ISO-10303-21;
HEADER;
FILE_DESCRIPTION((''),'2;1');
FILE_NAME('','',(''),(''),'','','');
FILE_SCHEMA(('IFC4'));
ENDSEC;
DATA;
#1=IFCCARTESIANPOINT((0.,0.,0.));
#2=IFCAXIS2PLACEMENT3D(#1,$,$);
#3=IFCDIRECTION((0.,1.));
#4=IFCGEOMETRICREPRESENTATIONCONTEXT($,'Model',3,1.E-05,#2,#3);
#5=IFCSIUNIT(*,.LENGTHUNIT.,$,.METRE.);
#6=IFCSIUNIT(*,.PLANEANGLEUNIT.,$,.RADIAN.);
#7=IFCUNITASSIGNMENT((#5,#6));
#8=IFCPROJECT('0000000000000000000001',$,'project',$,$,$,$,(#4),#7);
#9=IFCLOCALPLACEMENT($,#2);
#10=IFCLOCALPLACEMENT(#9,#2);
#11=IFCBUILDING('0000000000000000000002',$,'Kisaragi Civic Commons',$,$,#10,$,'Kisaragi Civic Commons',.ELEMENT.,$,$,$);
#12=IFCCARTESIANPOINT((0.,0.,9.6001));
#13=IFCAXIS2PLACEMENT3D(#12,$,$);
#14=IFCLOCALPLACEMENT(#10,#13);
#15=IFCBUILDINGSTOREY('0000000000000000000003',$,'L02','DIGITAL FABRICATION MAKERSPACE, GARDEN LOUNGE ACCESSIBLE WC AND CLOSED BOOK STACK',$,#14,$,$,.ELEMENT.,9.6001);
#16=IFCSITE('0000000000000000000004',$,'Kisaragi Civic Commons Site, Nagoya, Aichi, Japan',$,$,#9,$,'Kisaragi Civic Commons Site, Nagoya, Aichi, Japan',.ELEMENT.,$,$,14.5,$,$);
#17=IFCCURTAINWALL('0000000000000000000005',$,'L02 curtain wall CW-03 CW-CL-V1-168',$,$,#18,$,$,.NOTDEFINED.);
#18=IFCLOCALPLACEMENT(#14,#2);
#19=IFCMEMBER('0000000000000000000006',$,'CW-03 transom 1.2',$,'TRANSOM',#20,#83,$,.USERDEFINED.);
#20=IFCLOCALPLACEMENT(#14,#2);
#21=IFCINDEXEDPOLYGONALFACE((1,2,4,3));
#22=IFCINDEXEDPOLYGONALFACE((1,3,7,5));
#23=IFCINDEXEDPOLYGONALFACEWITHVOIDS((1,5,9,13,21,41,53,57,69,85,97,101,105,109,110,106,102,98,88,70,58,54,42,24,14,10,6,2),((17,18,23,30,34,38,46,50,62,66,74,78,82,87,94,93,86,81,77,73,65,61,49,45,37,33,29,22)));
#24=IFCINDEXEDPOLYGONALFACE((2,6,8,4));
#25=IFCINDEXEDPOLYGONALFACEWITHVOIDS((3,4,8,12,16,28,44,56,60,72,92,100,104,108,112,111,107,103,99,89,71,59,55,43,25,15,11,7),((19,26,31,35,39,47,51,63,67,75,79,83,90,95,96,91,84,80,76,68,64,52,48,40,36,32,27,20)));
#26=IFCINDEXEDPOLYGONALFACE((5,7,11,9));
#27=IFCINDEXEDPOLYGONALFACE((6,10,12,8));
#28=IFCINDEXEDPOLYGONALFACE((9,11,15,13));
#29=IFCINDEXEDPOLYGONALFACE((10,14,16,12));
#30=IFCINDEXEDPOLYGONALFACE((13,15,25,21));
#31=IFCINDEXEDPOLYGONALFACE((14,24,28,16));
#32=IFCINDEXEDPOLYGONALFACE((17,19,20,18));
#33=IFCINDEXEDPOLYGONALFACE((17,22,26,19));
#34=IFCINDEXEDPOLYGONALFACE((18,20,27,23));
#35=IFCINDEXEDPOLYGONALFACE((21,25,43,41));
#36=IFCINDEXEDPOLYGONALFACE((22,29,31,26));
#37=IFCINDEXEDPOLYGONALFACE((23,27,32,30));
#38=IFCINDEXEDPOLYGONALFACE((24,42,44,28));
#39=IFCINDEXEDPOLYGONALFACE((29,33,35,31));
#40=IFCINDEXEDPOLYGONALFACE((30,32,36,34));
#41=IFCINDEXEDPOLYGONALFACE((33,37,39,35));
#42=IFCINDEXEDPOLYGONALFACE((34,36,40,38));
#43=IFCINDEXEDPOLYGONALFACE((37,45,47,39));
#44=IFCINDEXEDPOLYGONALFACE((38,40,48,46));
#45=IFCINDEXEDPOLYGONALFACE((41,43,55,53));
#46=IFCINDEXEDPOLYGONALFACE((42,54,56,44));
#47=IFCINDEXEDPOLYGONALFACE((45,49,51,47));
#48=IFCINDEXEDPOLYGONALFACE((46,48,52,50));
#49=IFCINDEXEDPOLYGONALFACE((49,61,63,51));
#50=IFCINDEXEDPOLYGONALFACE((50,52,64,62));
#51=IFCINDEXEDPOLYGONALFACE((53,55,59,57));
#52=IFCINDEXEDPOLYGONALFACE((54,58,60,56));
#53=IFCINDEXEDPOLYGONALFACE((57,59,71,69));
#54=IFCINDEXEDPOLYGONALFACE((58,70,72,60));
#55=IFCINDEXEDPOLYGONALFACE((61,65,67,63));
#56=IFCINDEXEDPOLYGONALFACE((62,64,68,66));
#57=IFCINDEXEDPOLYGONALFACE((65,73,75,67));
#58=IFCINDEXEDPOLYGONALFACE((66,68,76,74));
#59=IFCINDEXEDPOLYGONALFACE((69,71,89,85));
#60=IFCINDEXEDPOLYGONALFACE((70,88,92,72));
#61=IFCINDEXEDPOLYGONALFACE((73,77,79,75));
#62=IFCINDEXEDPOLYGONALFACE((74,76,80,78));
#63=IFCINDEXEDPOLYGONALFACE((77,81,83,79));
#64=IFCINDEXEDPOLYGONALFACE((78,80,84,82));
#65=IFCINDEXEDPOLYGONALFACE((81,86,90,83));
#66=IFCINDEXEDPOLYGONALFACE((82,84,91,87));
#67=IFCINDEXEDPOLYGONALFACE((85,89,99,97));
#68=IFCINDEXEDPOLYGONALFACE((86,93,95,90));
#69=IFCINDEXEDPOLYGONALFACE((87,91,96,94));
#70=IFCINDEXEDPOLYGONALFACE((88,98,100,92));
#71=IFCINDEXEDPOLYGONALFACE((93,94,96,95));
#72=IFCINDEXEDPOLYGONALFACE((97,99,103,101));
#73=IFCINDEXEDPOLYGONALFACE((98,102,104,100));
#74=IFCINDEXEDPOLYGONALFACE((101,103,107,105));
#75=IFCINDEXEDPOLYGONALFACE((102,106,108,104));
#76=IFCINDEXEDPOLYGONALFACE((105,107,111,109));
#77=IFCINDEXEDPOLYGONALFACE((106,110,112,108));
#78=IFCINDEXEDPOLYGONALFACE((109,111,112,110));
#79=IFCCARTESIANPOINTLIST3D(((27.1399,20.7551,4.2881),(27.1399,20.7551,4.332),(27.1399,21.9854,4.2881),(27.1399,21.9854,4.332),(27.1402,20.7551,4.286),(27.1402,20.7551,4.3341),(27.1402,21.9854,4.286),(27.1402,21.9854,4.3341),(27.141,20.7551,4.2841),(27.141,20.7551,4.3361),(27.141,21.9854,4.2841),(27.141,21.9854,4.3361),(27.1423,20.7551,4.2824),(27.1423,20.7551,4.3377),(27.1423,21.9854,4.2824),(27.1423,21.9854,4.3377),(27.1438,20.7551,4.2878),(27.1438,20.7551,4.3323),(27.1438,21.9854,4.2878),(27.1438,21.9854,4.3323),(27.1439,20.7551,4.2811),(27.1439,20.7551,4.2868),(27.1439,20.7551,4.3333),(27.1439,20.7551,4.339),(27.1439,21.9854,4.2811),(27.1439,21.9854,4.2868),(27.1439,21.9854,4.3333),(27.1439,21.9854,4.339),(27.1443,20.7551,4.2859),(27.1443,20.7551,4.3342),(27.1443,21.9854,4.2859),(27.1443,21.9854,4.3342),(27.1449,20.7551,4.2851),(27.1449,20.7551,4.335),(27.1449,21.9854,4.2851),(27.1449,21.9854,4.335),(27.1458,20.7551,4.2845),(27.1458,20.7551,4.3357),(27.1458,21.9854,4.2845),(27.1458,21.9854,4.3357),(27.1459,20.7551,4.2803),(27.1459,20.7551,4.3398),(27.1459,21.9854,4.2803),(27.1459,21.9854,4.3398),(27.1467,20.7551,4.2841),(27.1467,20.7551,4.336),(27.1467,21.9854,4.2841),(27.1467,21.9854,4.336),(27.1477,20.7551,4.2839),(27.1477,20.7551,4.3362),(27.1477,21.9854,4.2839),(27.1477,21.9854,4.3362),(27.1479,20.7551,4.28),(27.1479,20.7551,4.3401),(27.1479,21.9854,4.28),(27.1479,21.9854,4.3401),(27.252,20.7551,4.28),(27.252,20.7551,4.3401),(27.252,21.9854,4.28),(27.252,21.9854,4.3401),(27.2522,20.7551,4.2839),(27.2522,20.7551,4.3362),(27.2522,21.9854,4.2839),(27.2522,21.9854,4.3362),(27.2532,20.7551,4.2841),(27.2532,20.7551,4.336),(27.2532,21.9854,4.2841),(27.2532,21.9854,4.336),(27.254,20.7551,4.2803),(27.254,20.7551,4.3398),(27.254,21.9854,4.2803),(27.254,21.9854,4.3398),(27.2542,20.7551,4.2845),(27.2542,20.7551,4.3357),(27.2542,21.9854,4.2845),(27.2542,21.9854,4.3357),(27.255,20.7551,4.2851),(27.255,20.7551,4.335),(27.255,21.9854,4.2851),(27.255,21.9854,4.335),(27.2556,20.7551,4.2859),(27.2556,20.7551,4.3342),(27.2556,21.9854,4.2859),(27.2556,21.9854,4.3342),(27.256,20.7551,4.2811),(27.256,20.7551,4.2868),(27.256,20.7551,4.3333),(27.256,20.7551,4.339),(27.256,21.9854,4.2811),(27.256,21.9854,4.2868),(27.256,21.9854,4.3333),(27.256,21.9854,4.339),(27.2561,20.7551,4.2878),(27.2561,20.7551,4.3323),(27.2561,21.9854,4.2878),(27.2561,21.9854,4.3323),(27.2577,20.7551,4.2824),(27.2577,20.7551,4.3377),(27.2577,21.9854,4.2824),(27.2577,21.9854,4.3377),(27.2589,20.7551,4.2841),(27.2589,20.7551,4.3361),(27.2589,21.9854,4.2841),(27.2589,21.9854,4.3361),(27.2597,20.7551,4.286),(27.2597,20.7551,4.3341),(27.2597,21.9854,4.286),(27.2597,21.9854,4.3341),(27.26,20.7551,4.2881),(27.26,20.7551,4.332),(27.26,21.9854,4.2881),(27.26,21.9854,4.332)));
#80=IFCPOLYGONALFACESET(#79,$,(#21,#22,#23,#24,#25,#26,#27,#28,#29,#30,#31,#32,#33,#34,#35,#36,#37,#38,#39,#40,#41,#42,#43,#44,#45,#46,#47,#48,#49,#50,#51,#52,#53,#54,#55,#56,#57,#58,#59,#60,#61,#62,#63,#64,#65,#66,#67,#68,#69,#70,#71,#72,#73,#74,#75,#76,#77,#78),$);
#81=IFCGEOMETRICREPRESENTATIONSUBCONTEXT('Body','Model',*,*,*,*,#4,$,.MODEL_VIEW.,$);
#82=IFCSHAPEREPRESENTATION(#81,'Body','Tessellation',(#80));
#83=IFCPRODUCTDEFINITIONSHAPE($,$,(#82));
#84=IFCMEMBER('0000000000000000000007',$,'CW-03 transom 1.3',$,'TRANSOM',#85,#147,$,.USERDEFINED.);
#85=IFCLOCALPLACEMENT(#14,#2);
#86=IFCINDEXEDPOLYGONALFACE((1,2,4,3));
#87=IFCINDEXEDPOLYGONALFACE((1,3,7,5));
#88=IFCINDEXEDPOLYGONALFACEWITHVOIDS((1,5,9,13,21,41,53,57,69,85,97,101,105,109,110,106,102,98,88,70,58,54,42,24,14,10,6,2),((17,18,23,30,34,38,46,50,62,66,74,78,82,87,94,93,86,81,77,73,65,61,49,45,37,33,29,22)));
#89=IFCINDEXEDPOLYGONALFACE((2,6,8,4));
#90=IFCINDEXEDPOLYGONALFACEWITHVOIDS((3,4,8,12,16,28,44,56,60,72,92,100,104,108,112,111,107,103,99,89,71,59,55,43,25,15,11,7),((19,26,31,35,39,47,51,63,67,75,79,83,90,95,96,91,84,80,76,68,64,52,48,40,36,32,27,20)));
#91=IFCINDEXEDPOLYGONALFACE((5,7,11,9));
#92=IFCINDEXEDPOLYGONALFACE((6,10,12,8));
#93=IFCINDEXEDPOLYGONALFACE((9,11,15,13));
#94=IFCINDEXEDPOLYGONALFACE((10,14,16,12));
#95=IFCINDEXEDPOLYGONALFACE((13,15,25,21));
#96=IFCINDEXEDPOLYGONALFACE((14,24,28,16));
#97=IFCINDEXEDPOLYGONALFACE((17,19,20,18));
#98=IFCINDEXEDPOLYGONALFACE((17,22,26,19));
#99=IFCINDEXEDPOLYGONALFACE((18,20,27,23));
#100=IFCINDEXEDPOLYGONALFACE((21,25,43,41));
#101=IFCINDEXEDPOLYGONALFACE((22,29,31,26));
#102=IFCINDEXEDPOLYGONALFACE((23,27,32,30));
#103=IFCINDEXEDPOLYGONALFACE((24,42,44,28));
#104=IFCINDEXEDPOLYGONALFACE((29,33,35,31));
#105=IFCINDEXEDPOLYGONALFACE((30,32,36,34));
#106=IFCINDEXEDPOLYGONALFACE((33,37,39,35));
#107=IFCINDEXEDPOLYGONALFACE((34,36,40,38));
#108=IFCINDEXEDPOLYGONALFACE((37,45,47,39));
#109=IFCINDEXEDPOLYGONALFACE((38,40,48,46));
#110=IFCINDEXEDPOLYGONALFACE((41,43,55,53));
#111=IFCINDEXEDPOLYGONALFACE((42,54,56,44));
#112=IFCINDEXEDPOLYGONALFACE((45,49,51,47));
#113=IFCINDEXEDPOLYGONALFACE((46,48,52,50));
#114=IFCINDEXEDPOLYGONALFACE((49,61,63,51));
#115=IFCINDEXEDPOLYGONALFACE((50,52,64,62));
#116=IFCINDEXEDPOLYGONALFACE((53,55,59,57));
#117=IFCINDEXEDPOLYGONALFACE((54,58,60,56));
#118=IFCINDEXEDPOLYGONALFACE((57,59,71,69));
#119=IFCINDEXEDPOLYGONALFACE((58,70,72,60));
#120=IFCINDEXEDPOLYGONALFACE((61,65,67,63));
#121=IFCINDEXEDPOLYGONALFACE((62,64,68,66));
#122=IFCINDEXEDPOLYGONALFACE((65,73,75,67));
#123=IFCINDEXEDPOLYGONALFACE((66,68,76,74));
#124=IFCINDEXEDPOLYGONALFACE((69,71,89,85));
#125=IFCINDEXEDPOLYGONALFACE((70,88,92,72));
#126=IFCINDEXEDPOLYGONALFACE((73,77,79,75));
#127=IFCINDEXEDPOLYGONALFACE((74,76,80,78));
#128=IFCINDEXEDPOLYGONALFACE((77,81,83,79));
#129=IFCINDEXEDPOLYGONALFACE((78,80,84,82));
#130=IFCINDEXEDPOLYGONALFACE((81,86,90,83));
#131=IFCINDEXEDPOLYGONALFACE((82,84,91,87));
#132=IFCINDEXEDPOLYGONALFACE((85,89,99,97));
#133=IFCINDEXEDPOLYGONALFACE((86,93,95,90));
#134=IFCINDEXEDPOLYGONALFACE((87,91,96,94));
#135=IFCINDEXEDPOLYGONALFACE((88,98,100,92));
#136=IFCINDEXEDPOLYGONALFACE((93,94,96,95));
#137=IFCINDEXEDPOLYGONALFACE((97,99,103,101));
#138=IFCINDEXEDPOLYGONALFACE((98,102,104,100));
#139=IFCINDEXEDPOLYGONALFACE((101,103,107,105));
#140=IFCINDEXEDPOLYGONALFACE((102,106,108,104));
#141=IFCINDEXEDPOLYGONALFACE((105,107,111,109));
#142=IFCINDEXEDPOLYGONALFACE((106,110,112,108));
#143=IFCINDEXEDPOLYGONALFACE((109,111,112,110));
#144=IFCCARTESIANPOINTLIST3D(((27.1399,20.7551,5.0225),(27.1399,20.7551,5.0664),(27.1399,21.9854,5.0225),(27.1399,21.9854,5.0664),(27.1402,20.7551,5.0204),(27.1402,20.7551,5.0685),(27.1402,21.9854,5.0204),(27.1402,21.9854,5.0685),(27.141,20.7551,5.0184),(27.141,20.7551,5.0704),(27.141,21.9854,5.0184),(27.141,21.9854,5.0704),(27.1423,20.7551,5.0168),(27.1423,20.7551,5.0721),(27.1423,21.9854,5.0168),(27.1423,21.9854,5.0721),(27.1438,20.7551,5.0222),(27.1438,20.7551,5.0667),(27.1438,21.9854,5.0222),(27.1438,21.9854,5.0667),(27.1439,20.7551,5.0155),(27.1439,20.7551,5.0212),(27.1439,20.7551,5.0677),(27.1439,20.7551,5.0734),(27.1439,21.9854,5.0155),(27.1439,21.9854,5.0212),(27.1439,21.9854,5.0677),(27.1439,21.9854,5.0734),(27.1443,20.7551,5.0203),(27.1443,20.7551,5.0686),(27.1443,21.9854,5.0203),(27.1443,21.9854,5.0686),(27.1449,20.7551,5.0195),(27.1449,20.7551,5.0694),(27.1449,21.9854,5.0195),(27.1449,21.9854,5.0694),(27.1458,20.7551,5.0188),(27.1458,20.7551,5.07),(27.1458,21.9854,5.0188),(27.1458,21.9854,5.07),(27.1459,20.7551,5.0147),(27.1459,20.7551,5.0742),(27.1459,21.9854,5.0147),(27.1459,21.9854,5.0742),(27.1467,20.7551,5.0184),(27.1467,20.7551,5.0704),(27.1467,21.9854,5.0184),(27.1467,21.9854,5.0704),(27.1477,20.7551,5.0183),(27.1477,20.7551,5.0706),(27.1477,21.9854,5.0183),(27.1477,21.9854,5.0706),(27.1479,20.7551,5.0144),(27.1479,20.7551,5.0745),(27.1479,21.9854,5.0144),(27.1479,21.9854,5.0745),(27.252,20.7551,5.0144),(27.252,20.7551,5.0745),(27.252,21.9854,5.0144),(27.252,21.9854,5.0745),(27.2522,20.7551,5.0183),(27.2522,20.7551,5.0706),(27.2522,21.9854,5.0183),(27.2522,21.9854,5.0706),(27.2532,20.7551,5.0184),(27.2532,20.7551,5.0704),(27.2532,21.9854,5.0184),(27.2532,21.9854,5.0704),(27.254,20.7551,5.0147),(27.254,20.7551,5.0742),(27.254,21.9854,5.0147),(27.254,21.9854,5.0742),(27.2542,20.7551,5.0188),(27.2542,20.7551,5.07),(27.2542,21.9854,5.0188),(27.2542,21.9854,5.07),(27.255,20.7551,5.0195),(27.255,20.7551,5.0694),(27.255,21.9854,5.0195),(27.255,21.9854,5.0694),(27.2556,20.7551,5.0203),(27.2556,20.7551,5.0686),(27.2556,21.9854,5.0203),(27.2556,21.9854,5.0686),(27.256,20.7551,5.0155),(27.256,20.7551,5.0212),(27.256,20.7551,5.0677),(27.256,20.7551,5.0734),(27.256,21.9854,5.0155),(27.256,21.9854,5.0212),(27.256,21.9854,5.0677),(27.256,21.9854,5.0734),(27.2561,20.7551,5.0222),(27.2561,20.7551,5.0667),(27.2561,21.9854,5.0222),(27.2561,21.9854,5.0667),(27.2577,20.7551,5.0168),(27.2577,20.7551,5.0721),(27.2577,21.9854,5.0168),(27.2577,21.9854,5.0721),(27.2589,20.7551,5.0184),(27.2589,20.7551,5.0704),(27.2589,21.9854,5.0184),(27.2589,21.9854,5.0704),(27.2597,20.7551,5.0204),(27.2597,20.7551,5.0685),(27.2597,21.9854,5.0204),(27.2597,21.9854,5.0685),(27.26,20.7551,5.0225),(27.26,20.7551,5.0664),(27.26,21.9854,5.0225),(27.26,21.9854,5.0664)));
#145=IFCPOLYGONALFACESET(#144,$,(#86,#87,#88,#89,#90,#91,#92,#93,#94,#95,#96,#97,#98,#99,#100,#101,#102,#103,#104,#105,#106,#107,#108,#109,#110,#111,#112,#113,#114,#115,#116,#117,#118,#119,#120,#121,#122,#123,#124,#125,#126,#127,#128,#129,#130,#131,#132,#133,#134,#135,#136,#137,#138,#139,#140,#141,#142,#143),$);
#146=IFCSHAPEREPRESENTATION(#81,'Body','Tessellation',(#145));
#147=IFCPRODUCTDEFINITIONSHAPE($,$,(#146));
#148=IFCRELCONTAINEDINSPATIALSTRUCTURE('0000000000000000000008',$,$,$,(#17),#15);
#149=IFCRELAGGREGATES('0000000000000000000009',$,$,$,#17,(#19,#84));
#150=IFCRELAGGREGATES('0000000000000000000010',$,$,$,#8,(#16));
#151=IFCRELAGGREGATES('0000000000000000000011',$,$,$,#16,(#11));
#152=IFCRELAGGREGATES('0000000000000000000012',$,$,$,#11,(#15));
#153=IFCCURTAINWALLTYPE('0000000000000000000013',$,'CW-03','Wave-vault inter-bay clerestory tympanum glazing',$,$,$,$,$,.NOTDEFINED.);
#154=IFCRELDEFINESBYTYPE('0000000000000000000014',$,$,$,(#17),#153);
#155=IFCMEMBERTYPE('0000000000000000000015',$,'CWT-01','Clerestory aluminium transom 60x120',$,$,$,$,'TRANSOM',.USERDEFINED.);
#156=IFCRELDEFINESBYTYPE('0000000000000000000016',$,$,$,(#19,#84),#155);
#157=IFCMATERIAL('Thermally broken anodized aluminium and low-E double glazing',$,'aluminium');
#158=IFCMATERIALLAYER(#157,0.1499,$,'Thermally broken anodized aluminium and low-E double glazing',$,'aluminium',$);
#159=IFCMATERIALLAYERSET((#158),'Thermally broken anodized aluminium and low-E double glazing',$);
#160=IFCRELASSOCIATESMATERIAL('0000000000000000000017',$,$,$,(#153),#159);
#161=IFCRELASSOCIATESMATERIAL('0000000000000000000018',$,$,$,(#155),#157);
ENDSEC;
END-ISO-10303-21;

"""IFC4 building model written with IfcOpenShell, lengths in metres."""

from ifc_helpers import new_model, si_unit, direction, frame, origin, origin_2d, place, context, subcontext, project, spatial, hollow_rectangle, extrude, material, layer, layer_set, material_profile, profile_set, type_object, element, aggregate, save


model = new_model("IFC4")

# Units and contexts
model_context = context("Model", 3, precision=1e-05, world=origin(), true_north=direction((0.0, 1.0)))
body_context = subcontext(model_context, "Body", "Model", "MODEL_VIEW")
ifc_project = project(units=[si_unit("LENGTHUNIT", "METRE"), si_unit("PLANEANGLEUNIT", "RADIAN")], contexts=[model_context])

# Site, building, storey
site_placement = place(None, origin())
site = spatial("IfcSite", under=ifc_project, at=site_placement, Name="Kisaragi Civic Commons Site, Nagoya, Aichi, Japan", LongName="Kisaragi Civic Commons Site, Nagoya, Aichi, Japan", CompositionType="ELEMENT", RefElevation=14.5)
building_placement = place(site_placement, origin())
building = spatial("IfcBuilding", under=site, at=building_placement, Name="Kisaragi Civic Commons", LongName="Kisaragi Civic Commons", CompositionType="ELEMENT")
storey_placement = place(building_placement, frame((0.0, 0.0, 9.6001)))
storey = spatial("IfcBuildingStorey", under=building, at=storey_placement, Name="L02", Description="DIGITAL FABRICATION MAKERSPACE, GARDEN LOUNGE ACCESSIBLE WC AND CLOSED BOOK STACK", CompositionType="ELEMENT", Elevation=9.6001)

# Curtain wall, members
ifc_material_1 = material(Name="Thermally broken anodized aluminium and low-E double glazing", Category="aluminium")
ifc_layer_1 = layer(ifc_material_1, 0.1499, Name="Thermally broken anodized aluminium and low-E double glazing", Category="aluminium")
ifc_layer_set_1 = layer_set([ifc_layer_1], Name="Thermally broken anodized aluminium and low-E double glazing")
curtain_wall_type = type_object("IfcCurtainWallType", Name="CW-03", Description="Wave-vault inter-bay clerestory tympanum glazing", PredefinedType="NOTDEFINED", material=ifc_layer_set_1)
curtain_wall_placement = place(storey_placement, origin())
curtain_wall = element("IfcCurtainWall", 1, at=curtain_wall_placement, inside=storey, type_object=curtain_wall_type, Name="L02 curtain wall CW-03 CW-CL-V1-168", PredefinedType="NOTDEFINED")
ifc_material_profile_1 = material_profile(ifc_material_1, hollow_rectangle(XDim=0.1201, YDim=0.0601, WallThickness=0.0039, InnerFilletRadius=0.0039, OuterFilletRadius=0.0081, at=origin_2d()), Name="CWT-60x120x4", Category="aluminium")
ifc_profile_set_1 = profile_set([ifc_material_profile_1], Name="Thermally broken anodized aluminium and low-E double glazing")
member_type_1 = type_object("IfcMemberType", Name="CWT-01", Description="Clerestory aluminium transom 60x120", ElementType="TRANSOM", PredefinedType="USERDEFINED", material=ifc_profile_set_1)
member_1_placement = place(storey_placement, frame((27.2, 20.7551, 4.3101), z_axis=(0.0, 1.0, 0.0), x_axis=(-1.0, 0.0, 0.0)))
member_1 = element("IfcMember", 2, at=member_1_placement, type_object=member_type_1, Name="CW-03 transom 1.2", ObjectType="TRANSOM", PredefinedType="USERDEFINED", context=body_context, shape_type="SweptSolid", body=[
    extrude(hollow_rectangle(XDim=0.1201, YDim=0.0601, WallThickness=0.0039, InnerFilletRadius=0.0039, OuterFilletRadius=0.0081, at=origin_2d()), origin(), (0.0, 0.0, 1.0), 1.2302),
])
member_2_placement = place(storey_placement, frame((27.2, 20.7551, 5.0444), z_axis=(0.0, 1.0, 0.0), x_axis=(-1.0, 0.0, 0.0)))
member_2 = element("IfcMember", 3, at=member_2_placement, type_object=member_type_1, Name="CW-03 transom 1.3", ObjectType="TRANSOM", PredefinedType="USERDEFINED", context=body_context, shape_type="SweptSolid", body=[
    extrude(hollow_rectangle(XDim=0.1201, YDim=0.0601, WallThickness=0.0039, InnerFilletRadius=0.0039, OuterFilletRadius=0.0081, at=origin_2d()), origin(), (0.0, 0.0, 1.0), 1.2302),
])

aggregate(curtain_wall, [member_1, member_2])

save(model, "model.ifc")
